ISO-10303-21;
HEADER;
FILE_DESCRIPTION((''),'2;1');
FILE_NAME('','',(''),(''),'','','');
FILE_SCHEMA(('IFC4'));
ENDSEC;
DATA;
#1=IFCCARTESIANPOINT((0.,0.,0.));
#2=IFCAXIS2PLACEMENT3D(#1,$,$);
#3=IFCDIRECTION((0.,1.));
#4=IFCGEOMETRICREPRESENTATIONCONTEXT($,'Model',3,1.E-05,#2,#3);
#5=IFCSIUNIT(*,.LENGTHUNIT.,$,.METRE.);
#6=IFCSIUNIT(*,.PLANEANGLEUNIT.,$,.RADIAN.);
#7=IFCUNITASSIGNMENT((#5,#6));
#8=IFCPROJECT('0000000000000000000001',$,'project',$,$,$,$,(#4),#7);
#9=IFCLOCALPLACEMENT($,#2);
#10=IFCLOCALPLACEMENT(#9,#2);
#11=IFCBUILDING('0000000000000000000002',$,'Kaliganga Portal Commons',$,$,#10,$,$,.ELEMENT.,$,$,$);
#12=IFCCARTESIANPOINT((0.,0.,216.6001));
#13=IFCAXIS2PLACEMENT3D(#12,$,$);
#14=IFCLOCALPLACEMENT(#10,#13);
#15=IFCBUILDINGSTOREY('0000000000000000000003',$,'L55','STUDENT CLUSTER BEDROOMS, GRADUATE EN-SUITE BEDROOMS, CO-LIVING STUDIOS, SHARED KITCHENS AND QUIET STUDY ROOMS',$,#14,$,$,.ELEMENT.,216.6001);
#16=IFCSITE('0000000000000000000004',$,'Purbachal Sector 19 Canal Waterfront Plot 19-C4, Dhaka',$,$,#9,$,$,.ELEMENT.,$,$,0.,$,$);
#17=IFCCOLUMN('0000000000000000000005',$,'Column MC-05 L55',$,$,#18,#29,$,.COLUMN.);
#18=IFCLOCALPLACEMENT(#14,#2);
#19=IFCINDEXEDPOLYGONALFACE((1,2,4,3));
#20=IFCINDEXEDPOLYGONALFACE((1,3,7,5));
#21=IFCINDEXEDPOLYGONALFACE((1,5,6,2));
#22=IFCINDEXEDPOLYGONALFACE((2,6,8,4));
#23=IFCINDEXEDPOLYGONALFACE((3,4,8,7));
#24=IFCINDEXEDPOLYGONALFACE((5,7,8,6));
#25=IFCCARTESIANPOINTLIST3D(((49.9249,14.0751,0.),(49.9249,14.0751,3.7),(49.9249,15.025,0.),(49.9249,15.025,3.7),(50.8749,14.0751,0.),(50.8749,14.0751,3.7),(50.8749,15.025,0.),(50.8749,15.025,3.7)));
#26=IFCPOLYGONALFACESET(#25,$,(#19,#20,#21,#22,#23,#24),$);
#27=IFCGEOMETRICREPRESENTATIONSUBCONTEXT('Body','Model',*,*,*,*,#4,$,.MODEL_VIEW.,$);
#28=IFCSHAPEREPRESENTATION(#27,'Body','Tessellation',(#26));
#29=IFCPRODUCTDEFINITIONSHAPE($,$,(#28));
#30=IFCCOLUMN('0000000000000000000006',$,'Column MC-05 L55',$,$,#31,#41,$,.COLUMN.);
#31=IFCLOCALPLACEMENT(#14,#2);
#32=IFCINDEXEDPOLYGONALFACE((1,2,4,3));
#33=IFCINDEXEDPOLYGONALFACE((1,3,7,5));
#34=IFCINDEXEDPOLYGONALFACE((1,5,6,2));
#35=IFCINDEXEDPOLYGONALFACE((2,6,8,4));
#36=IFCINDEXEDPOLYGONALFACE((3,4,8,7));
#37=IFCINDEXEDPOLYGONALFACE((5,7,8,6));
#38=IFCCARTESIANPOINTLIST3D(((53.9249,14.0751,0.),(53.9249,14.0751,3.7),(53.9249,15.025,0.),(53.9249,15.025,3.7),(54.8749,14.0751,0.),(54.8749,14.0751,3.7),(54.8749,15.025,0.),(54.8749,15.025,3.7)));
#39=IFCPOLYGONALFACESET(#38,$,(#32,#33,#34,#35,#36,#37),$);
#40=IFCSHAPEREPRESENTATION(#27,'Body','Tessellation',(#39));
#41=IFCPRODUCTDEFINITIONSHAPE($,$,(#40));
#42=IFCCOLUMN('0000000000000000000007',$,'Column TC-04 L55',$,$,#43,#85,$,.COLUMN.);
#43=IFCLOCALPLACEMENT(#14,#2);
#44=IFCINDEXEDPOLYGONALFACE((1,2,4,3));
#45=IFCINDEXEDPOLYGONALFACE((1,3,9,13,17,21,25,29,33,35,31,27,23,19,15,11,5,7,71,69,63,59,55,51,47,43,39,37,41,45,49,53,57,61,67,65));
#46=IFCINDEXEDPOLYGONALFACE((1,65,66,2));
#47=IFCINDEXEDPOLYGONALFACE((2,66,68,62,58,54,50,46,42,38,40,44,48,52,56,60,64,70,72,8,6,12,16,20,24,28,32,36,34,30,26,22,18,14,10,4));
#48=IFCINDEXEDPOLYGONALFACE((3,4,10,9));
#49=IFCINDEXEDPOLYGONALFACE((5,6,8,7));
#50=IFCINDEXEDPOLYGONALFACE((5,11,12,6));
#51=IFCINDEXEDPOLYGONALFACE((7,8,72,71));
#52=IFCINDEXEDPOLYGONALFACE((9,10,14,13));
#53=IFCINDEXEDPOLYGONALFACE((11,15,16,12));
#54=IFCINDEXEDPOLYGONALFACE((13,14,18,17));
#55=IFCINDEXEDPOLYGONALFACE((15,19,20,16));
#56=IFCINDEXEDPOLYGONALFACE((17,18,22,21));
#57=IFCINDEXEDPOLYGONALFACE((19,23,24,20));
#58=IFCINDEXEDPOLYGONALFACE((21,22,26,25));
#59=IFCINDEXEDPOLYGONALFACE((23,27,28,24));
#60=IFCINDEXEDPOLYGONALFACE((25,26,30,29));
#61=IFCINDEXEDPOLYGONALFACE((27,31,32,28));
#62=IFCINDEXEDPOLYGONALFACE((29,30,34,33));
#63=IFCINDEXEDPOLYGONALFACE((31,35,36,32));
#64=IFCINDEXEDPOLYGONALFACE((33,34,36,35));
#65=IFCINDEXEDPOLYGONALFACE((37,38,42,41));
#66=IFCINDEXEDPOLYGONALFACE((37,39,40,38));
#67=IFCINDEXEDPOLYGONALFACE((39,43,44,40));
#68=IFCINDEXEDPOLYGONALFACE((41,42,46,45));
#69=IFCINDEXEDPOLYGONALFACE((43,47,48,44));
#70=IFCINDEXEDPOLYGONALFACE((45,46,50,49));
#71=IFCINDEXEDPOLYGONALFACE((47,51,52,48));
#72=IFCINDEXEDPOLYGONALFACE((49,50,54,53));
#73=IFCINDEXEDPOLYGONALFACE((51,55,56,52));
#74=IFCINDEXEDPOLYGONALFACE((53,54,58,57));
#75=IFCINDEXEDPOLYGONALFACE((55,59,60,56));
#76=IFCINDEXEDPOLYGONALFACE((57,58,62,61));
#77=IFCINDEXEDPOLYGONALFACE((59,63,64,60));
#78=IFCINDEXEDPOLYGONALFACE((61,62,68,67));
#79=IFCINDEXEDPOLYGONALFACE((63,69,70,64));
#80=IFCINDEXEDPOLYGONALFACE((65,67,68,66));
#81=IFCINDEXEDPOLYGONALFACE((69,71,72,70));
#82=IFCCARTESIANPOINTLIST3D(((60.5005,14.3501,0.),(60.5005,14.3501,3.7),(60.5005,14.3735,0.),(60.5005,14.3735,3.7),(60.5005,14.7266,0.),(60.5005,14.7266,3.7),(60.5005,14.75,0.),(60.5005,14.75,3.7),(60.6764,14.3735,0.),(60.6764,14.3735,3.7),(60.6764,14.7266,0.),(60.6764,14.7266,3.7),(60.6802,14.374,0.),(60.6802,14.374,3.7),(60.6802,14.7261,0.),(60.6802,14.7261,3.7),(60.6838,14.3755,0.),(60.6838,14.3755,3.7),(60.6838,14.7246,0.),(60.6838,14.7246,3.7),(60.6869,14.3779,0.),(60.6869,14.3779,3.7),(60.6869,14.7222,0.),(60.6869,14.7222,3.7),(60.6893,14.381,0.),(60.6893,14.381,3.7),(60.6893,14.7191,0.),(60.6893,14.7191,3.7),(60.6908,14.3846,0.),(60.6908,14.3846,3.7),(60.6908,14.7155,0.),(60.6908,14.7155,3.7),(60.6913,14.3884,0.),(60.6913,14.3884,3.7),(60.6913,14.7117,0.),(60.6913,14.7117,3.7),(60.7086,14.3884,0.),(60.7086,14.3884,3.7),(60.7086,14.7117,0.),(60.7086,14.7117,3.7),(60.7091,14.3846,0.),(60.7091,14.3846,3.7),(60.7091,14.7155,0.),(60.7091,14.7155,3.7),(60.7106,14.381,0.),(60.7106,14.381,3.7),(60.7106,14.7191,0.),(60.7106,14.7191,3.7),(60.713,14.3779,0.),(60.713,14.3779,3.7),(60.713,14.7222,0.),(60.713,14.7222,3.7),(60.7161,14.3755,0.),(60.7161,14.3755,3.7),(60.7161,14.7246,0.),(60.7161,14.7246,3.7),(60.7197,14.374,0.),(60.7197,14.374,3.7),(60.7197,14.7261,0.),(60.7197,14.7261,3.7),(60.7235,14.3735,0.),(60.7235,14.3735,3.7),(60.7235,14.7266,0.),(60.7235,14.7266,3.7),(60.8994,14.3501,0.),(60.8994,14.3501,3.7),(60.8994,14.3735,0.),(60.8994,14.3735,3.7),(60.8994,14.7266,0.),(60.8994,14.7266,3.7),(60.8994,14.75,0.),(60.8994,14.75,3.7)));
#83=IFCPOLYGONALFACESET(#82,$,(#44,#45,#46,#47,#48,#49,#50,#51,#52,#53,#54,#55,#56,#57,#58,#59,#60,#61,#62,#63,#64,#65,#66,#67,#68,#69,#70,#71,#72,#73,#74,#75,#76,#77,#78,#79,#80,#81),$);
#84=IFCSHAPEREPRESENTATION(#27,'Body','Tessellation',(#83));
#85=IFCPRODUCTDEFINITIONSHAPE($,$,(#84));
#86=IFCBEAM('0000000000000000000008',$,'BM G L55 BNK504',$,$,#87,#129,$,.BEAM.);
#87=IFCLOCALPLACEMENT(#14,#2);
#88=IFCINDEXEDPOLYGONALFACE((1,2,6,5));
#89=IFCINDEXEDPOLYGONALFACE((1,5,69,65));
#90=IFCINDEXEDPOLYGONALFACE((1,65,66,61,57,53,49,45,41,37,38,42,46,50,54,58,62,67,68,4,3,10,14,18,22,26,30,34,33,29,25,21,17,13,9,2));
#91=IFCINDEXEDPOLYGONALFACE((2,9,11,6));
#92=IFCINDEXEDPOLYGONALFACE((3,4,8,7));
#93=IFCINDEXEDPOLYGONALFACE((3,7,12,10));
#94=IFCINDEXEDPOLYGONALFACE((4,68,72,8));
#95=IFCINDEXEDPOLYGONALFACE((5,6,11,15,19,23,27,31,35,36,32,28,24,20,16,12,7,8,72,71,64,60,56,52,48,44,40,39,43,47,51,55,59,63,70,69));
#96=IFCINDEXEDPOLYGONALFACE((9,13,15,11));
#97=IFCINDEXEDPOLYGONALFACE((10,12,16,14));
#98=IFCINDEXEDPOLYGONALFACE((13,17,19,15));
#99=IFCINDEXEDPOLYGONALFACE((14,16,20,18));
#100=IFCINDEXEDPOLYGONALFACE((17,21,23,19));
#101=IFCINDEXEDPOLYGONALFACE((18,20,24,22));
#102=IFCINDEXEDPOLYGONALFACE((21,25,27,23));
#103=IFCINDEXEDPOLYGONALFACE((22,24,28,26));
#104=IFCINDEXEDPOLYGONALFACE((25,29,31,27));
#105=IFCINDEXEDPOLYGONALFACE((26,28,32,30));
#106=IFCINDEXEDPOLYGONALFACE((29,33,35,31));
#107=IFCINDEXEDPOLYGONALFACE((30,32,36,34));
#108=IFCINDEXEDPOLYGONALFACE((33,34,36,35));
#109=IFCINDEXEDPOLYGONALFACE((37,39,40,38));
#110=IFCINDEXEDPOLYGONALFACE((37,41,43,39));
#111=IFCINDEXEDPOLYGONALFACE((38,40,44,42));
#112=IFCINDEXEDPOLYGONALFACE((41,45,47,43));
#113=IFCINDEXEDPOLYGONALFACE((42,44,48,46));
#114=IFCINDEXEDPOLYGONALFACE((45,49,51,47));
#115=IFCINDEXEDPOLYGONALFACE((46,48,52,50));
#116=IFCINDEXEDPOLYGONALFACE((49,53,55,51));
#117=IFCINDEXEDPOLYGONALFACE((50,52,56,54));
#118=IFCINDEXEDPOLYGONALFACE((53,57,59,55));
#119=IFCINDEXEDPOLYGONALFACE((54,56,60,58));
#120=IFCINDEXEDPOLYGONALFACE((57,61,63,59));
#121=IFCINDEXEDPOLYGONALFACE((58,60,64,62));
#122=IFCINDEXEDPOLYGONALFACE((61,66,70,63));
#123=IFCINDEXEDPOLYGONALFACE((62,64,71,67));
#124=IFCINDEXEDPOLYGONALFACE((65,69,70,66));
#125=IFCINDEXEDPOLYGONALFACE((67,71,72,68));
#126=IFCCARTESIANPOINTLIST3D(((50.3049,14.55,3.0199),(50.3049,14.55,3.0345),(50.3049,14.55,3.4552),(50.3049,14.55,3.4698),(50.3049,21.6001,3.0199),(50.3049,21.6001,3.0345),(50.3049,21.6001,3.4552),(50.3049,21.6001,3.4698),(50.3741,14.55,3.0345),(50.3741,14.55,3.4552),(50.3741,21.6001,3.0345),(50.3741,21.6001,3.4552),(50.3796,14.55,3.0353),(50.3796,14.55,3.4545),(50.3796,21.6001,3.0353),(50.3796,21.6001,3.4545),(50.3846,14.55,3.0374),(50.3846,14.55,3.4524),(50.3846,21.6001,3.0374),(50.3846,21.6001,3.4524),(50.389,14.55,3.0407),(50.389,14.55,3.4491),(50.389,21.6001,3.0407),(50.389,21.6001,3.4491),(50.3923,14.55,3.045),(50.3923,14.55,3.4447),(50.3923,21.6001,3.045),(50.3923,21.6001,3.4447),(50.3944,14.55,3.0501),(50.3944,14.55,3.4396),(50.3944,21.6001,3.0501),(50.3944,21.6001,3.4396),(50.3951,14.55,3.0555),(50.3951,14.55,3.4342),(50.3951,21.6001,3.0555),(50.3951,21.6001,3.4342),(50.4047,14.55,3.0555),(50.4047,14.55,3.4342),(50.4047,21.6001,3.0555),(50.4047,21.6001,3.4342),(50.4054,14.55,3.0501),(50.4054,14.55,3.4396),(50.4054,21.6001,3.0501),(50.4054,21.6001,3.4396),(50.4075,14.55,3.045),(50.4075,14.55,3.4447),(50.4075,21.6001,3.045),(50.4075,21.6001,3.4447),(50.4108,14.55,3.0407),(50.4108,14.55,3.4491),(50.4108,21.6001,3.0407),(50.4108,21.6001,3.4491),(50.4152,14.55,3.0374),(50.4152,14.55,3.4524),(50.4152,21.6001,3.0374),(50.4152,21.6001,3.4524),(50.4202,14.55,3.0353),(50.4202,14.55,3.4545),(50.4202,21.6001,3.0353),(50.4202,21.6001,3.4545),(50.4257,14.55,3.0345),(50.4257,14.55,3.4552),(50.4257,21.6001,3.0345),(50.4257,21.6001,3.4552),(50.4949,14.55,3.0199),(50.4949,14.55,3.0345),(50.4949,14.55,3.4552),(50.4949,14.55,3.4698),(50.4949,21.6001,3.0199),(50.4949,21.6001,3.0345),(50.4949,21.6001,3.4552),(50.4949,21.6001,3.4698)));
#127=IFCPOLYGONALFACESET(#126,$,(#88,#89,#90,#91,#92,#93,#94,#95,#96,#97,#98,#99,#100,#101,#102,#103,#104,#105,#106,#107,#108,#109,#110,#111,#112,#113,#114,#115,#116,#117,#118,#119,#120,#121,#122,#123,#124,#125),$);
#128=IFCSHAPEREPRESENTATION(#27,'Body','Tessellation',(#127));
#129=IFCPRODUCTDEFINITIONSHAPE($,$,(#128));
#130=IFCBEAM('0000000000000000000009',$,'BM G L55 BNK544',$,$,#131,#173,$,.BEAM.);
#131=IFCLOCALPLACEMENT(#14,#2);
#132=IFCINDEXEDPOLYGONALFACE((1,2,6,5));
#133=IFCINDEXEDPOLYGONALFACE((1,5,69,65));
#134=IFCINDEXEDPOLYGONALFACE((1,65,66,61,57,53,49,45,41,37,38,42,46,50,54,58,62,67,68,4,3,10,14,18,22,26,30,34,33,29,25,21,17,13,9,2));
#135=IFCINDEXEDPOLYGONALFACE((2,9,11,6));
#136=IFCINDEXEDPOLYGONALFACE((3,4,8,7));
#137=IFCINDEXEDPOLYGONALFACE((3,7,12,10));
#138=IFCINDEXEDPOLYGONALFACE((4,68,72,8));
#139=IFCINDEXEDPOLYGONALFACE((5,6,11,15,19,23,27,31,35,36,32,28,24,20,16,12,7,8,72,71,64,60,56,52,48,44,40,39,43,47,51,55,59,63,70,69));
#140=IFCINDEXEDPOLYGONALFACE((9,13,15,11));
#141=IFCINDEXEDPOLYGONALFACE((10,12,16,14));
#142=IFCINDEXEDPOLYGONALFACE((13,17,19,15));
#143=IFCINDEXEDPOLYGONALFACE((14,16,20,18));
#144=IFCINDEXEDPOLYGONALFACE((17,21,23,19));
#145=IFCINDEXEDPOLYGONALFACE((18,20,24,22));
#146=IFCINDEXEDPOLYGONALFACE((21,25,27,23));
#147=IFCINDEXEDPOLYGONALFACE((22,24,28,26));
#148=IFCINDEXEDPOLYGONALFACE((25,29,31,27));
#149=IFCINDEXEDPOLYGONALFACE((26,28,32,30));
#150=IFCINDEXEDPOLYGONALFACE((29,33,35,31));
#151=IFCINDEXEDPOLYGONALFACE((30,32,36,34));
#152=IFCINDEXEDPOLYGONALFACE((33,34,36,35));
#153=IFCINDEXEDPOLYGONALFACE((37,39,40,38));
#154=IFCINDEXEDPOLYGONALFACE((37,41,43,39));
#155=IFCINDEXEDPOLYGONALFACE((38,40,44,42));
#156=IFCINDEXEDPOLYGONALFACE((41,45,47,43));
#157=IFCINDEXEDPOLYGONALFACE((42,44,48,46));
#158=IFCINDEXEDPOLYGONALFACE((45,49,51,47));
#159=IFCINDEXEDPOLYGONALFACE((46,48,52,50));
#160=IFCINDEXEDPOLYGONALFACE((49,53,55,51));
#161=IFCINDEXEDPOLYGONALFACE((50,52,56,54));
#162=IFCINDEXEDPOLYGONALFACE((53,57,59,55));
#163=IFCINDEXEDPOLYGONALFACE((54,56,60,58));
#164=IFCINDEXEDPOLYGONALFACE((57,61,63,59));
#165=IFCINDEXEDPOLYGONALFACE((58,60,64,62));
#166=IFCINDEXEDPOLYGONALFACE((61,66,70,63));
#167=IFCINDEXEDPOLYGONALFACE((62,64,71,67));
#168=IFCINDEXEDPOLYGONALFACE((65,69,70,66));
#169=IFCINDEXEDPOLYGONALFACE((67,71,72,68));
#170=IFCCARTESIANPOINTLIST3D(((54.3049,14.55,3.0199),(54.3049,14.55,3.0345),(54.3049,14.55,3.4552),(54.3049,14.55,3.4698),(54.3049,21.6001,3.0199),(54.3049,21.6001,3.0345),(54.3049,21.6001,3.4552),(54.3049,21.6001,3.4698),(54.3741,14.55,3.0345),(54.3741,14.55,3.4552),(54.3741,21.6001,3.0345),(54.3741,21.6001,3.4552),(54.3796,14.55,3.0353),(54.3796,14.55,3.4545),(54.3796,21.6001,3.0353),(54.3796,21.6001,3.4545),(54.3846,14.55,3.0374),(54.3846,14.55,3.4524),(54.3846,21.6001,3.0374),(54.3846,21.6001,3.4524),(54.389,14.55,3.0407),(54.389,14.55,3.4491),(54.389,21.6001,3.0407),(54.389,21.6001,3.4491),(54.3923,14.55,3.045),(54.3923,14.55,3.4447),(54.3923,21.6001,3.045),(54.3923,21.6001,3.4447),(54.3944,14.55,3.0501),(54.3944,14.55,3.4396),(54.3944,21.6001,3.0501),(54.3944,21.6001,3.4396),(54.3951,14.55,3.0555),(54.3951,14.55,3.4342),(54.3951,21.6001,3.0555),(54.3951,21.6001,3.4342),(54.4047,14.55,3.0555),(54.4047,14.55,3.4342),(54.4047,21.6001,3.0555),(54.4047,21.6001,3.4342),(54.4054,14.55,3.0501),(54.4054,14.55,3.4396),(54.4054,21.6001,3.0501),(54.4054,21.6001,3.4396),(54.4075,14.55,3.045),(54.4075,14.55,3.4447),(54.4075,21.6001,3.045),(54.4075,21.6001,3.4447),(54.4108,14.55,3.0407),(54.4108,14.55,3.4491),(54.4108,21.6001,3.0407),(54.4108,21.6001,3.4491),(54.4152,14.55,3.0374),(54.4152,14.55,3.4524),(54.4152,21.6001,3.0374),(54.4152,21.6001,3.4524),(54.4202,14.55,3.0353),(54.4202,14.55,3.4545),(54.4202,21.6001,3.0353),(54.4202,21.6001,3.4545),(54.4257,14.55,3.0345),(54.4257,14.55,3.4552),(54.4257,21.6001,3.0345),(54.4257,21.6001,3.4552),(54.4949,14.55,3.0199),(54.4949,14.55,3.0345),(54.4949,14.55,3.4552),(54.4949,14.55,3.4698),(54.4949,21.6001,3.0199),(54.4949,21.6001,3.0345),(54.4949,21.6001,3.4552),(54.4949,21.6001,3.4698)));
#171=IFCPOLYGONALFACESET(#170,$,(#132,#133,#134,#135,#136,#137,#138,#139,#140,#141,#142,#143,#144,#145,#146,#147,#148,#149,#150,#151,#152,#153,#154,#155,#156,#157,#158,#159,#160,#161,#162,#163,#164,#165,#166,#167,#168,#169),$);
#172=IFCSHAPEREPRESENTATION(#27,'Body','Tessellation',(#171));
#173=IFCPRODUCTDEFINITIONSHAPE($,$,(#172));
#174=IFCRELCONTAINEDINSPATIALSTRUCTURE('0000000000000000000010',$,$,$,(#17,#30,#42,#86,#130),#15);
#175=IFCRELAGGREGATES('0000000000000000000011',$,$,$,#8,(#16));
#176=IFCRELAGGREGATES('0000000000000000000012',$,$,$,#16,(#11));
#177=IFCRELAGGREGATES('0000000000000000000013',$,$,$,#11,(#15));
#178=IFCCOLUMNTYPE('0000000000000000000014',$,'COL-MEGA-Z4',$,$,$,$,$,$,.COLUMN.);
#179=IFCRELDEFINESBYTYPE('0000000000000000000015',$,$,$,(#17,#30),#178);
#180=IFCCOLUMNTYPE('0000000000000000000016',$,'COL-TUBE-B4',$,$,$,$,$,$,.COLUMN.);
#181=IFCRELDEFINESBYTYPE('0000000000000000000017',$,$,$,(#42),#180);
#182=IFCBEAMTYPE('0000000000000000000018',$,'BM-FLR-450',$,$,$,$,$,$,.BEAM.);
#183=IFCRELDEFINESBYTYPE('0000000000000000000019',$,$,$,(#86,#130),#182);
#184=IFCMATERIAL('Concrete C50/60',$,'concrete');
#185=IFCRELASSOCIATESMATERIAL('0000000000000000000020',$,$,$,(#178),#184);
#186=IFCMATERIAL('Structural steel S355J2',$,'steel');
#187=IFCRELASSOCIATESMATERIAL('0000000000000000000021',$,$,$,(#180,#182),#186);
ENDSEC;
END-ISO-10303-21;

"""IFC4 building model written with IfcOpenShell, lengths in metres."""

from ifc_helpers import new_model, si_unit, direction, frame, origin, origin_2d, place, context, subcontext, project, spatial, rectangle, i_section, extrude, source, transform, mapped, material, material_profile, profile_set, type_object, element, save


model = new_model("IFC4")

# Units and contexts
model_context = context("Model", 3, precision=1e-05, world=origin(), true_north=direction((0.0, 1.0)))
body_context = subcontext(model_context, "Body", "Model", "MODEL_VIEW")
ifc_project = project(units=[si_unit("LENGTHUNIT", "METRE"), si_unit("PLANEANGLEUNIT", "RADIAN")], contexts=[model_context])

# Site, building, storey
site_placement = place(None, origin())
site = spatial("IfcSite", under=ifc_project, at=site_placement, Name="Purbachal Sector 19 Canal Waterfront Plot 19-C4, Dhaka", CompositionType="ELEMENT", RefElevation=0.0)
building_placement = place(site_placement, origin())
building = spatial("IfcBuilding", under=site, at=building_placement, Name="Kaliganga Portal Commons", CompositionType="ELEMENT")
storey_placement = place(building_placement, frame((0.0, 0.0, 216.6001)))
storey = spatial("IfcBuildingStorey", under=building, at=storey_placement, Name="L55", Description="STUDENT CLUSTER BEDROOMS, GRADUATE EN-SUITE BEDROOMS, CO-LIVING STUDIOS, SHARED KITCHENS AND QUIET STUDY ROOMS", CompositionType="ELEMENT", Elevation=216.6001)

# Columns
ifc_material_1 = material(Name="Concrete C50/60", Category="concrete")
ifc_material_profile_1 = material_profile(ifc_material_1, rectangle(XDim=0.95, YDim=0.95, at=origin_2d()), Name="RC 950x950")
ifc_profile_set_1 = profile_set([ifc_material_profile_1], Name="Concrete C50/60")
column_type_1 = type_object("IfcColumnType", Name="COL-MEGA-Z4", PredefinedType="COLUMN", material=ifc_profile_set_1)
shared_shape_1 = source(origin(), body_context, "Body", "SweptSolid", [
    extrude(rectangle(XDim=0.95, YDim=0.95, at=origin_2d()), origin(), (0.0, 0.0, 1.0), 3.7),
])
for number, where, z_axis, x_axis, name in (
    (1, (50.3999, 14.55, 0.0), (0.0, 0.0, 1.0), (1.0, 0.0, 0.0), "Column MC-05 L55"),
    (2, (54.3999, 14.55, 0.0), (0.0, 0.0, 1.0), (1.0, 0.0, 0.0), "Column MC-05 L55"),
):
    element("IfcColumn", number, at=place(storey_placement, frame(where, z_axis=z_axis, x_axis=x_axis)), inside=storey, type_object=column_type_1, Name=name, PredefinedType="COLUMN", context=body_context, shape_type="MappedRepresentation", body=[
        mapped(shared_shape_1, transform((0.0, 0.0, 0.0), x_axis=(1.0, 0.0, 0.0), y_axis=(0.0, 1.0, 0.0), z_axis=(0.0, 0.0, 1.0), scale=1.0)),
    ])
ifc_material_2 = material(Name="Structural steel S355J2", Category="steel")
ifc_material_profile_2 = material_profile(ifc_material_2, i_section(OverallWidth=0.3989, OverallDepth=0.3999, WebThickness=0.0173, FlangeThickness=0.0234, FilletRadius=0.0149, at=origin_2d()), Name="HD 400x287")
ifc_profile_set_2 = profile_set([ifc_material_profile_2], Name="Structural steel S355J2 wide-flange")
column_type_2 = type_object("IfcColumnType", Name="COL-TUBE-B4", PredefinedType="COLUMN", material=ifc_profile_set_2)
shared_shape_2 = source(origin(), body_context, "Body", "SweptSolid", [
    extrude(i_section(OverallWidth=0.3989, OverallDepth=0.3999, WebThickness=0.0173, FlangeThickness=0.0234, FilletRadius=0.0149, at=origin_2d()), origin(), (0.0, 0.0, 1.0), 3.7),
])
column_placement = place(storey_placement, frame((60.7, 14.55, 0.0), z_axis=(0.0, 0.0, 1.0), x_axis=(1.0, 0.0, 0.0)))
element("IfcColumn", 3, at=column_placement, inside=storey, type_object=column_type_2, Name="Column TC-04 L55", PredefinedType="COLUMN", context=body_context, shape_type="MappedRepresentation", body=[
    mapped(shared_shape_2, transform((0.0, 0.0, 0.0), x_axis=(1.0, 0.0, 0.0), y_axis=(0.0, 1.0, 0.0), z_axis=(0.0, 0.0, 1.0), scale=1.0)),
])

# Beams
ifc_material_profile_3 = material_profile(ifc_material_2, i_section(OverallWidth=0.1899, OverallDepth=0.45, WebThickness=0.0095, FlangeThickness=0.0146, FilletRadius=0.021, at=origin_2d()), Name="IPE 450")
ifc_profile_set_3 = profile_set([ifc_material_profile_3], Name="Structural steel S355J2 wide-flange")
beam_type_1 = type_object("IfcBeamType", Name="BM-FLR-450", PredefinedType="BEAM", material=ifc_profile_set_3)
shared_shape_3 = source(origin(), body_context, "Body", "SweptSolid", [
    extrude(i_section(OverallWidth=0.1899, OverallDepth=0.45, WebThickness=0.0095, FlangeThickness=0.0146, FilletRadius=0.021, at=origin_2d()), origin(), (0.0, 0.0, 1.0), 7.05),
])
for number, where, z_axis, x_axis, name in (
    (4, (50.3999, 14.55, 3.2449), (0.0, 1.0, 0.0), (-1.0, 0.0, 0.0), "BM G L55 BNK504"),
    (5, (54.3999, 14.55, 3.2449), (0.0, 1.0, 0.0), (-1.0, 0.0, 0.0), "BM G L55 BNK544"),
):
    element("IfcBeam", number, at=place(storey_placement, frame(where, z_axis=z_axis, x_axis=x_axis)), inside=storey, type_object=beam_type_1, Name=name, PredefinedType="BEAM", context=body_context, shape_type="MappedRepresentation", body=[
        mapped(shared_shape_3, transform((0.0, 0.0, 0.0), x_axis=(1.0, 0.0, 0.0), y_axis=(0.0, 1.0, 0.0), z_axis=(0.0, 0.0, 1.0), scale=1.0)),
    ])

save(model, "model.ifc")
